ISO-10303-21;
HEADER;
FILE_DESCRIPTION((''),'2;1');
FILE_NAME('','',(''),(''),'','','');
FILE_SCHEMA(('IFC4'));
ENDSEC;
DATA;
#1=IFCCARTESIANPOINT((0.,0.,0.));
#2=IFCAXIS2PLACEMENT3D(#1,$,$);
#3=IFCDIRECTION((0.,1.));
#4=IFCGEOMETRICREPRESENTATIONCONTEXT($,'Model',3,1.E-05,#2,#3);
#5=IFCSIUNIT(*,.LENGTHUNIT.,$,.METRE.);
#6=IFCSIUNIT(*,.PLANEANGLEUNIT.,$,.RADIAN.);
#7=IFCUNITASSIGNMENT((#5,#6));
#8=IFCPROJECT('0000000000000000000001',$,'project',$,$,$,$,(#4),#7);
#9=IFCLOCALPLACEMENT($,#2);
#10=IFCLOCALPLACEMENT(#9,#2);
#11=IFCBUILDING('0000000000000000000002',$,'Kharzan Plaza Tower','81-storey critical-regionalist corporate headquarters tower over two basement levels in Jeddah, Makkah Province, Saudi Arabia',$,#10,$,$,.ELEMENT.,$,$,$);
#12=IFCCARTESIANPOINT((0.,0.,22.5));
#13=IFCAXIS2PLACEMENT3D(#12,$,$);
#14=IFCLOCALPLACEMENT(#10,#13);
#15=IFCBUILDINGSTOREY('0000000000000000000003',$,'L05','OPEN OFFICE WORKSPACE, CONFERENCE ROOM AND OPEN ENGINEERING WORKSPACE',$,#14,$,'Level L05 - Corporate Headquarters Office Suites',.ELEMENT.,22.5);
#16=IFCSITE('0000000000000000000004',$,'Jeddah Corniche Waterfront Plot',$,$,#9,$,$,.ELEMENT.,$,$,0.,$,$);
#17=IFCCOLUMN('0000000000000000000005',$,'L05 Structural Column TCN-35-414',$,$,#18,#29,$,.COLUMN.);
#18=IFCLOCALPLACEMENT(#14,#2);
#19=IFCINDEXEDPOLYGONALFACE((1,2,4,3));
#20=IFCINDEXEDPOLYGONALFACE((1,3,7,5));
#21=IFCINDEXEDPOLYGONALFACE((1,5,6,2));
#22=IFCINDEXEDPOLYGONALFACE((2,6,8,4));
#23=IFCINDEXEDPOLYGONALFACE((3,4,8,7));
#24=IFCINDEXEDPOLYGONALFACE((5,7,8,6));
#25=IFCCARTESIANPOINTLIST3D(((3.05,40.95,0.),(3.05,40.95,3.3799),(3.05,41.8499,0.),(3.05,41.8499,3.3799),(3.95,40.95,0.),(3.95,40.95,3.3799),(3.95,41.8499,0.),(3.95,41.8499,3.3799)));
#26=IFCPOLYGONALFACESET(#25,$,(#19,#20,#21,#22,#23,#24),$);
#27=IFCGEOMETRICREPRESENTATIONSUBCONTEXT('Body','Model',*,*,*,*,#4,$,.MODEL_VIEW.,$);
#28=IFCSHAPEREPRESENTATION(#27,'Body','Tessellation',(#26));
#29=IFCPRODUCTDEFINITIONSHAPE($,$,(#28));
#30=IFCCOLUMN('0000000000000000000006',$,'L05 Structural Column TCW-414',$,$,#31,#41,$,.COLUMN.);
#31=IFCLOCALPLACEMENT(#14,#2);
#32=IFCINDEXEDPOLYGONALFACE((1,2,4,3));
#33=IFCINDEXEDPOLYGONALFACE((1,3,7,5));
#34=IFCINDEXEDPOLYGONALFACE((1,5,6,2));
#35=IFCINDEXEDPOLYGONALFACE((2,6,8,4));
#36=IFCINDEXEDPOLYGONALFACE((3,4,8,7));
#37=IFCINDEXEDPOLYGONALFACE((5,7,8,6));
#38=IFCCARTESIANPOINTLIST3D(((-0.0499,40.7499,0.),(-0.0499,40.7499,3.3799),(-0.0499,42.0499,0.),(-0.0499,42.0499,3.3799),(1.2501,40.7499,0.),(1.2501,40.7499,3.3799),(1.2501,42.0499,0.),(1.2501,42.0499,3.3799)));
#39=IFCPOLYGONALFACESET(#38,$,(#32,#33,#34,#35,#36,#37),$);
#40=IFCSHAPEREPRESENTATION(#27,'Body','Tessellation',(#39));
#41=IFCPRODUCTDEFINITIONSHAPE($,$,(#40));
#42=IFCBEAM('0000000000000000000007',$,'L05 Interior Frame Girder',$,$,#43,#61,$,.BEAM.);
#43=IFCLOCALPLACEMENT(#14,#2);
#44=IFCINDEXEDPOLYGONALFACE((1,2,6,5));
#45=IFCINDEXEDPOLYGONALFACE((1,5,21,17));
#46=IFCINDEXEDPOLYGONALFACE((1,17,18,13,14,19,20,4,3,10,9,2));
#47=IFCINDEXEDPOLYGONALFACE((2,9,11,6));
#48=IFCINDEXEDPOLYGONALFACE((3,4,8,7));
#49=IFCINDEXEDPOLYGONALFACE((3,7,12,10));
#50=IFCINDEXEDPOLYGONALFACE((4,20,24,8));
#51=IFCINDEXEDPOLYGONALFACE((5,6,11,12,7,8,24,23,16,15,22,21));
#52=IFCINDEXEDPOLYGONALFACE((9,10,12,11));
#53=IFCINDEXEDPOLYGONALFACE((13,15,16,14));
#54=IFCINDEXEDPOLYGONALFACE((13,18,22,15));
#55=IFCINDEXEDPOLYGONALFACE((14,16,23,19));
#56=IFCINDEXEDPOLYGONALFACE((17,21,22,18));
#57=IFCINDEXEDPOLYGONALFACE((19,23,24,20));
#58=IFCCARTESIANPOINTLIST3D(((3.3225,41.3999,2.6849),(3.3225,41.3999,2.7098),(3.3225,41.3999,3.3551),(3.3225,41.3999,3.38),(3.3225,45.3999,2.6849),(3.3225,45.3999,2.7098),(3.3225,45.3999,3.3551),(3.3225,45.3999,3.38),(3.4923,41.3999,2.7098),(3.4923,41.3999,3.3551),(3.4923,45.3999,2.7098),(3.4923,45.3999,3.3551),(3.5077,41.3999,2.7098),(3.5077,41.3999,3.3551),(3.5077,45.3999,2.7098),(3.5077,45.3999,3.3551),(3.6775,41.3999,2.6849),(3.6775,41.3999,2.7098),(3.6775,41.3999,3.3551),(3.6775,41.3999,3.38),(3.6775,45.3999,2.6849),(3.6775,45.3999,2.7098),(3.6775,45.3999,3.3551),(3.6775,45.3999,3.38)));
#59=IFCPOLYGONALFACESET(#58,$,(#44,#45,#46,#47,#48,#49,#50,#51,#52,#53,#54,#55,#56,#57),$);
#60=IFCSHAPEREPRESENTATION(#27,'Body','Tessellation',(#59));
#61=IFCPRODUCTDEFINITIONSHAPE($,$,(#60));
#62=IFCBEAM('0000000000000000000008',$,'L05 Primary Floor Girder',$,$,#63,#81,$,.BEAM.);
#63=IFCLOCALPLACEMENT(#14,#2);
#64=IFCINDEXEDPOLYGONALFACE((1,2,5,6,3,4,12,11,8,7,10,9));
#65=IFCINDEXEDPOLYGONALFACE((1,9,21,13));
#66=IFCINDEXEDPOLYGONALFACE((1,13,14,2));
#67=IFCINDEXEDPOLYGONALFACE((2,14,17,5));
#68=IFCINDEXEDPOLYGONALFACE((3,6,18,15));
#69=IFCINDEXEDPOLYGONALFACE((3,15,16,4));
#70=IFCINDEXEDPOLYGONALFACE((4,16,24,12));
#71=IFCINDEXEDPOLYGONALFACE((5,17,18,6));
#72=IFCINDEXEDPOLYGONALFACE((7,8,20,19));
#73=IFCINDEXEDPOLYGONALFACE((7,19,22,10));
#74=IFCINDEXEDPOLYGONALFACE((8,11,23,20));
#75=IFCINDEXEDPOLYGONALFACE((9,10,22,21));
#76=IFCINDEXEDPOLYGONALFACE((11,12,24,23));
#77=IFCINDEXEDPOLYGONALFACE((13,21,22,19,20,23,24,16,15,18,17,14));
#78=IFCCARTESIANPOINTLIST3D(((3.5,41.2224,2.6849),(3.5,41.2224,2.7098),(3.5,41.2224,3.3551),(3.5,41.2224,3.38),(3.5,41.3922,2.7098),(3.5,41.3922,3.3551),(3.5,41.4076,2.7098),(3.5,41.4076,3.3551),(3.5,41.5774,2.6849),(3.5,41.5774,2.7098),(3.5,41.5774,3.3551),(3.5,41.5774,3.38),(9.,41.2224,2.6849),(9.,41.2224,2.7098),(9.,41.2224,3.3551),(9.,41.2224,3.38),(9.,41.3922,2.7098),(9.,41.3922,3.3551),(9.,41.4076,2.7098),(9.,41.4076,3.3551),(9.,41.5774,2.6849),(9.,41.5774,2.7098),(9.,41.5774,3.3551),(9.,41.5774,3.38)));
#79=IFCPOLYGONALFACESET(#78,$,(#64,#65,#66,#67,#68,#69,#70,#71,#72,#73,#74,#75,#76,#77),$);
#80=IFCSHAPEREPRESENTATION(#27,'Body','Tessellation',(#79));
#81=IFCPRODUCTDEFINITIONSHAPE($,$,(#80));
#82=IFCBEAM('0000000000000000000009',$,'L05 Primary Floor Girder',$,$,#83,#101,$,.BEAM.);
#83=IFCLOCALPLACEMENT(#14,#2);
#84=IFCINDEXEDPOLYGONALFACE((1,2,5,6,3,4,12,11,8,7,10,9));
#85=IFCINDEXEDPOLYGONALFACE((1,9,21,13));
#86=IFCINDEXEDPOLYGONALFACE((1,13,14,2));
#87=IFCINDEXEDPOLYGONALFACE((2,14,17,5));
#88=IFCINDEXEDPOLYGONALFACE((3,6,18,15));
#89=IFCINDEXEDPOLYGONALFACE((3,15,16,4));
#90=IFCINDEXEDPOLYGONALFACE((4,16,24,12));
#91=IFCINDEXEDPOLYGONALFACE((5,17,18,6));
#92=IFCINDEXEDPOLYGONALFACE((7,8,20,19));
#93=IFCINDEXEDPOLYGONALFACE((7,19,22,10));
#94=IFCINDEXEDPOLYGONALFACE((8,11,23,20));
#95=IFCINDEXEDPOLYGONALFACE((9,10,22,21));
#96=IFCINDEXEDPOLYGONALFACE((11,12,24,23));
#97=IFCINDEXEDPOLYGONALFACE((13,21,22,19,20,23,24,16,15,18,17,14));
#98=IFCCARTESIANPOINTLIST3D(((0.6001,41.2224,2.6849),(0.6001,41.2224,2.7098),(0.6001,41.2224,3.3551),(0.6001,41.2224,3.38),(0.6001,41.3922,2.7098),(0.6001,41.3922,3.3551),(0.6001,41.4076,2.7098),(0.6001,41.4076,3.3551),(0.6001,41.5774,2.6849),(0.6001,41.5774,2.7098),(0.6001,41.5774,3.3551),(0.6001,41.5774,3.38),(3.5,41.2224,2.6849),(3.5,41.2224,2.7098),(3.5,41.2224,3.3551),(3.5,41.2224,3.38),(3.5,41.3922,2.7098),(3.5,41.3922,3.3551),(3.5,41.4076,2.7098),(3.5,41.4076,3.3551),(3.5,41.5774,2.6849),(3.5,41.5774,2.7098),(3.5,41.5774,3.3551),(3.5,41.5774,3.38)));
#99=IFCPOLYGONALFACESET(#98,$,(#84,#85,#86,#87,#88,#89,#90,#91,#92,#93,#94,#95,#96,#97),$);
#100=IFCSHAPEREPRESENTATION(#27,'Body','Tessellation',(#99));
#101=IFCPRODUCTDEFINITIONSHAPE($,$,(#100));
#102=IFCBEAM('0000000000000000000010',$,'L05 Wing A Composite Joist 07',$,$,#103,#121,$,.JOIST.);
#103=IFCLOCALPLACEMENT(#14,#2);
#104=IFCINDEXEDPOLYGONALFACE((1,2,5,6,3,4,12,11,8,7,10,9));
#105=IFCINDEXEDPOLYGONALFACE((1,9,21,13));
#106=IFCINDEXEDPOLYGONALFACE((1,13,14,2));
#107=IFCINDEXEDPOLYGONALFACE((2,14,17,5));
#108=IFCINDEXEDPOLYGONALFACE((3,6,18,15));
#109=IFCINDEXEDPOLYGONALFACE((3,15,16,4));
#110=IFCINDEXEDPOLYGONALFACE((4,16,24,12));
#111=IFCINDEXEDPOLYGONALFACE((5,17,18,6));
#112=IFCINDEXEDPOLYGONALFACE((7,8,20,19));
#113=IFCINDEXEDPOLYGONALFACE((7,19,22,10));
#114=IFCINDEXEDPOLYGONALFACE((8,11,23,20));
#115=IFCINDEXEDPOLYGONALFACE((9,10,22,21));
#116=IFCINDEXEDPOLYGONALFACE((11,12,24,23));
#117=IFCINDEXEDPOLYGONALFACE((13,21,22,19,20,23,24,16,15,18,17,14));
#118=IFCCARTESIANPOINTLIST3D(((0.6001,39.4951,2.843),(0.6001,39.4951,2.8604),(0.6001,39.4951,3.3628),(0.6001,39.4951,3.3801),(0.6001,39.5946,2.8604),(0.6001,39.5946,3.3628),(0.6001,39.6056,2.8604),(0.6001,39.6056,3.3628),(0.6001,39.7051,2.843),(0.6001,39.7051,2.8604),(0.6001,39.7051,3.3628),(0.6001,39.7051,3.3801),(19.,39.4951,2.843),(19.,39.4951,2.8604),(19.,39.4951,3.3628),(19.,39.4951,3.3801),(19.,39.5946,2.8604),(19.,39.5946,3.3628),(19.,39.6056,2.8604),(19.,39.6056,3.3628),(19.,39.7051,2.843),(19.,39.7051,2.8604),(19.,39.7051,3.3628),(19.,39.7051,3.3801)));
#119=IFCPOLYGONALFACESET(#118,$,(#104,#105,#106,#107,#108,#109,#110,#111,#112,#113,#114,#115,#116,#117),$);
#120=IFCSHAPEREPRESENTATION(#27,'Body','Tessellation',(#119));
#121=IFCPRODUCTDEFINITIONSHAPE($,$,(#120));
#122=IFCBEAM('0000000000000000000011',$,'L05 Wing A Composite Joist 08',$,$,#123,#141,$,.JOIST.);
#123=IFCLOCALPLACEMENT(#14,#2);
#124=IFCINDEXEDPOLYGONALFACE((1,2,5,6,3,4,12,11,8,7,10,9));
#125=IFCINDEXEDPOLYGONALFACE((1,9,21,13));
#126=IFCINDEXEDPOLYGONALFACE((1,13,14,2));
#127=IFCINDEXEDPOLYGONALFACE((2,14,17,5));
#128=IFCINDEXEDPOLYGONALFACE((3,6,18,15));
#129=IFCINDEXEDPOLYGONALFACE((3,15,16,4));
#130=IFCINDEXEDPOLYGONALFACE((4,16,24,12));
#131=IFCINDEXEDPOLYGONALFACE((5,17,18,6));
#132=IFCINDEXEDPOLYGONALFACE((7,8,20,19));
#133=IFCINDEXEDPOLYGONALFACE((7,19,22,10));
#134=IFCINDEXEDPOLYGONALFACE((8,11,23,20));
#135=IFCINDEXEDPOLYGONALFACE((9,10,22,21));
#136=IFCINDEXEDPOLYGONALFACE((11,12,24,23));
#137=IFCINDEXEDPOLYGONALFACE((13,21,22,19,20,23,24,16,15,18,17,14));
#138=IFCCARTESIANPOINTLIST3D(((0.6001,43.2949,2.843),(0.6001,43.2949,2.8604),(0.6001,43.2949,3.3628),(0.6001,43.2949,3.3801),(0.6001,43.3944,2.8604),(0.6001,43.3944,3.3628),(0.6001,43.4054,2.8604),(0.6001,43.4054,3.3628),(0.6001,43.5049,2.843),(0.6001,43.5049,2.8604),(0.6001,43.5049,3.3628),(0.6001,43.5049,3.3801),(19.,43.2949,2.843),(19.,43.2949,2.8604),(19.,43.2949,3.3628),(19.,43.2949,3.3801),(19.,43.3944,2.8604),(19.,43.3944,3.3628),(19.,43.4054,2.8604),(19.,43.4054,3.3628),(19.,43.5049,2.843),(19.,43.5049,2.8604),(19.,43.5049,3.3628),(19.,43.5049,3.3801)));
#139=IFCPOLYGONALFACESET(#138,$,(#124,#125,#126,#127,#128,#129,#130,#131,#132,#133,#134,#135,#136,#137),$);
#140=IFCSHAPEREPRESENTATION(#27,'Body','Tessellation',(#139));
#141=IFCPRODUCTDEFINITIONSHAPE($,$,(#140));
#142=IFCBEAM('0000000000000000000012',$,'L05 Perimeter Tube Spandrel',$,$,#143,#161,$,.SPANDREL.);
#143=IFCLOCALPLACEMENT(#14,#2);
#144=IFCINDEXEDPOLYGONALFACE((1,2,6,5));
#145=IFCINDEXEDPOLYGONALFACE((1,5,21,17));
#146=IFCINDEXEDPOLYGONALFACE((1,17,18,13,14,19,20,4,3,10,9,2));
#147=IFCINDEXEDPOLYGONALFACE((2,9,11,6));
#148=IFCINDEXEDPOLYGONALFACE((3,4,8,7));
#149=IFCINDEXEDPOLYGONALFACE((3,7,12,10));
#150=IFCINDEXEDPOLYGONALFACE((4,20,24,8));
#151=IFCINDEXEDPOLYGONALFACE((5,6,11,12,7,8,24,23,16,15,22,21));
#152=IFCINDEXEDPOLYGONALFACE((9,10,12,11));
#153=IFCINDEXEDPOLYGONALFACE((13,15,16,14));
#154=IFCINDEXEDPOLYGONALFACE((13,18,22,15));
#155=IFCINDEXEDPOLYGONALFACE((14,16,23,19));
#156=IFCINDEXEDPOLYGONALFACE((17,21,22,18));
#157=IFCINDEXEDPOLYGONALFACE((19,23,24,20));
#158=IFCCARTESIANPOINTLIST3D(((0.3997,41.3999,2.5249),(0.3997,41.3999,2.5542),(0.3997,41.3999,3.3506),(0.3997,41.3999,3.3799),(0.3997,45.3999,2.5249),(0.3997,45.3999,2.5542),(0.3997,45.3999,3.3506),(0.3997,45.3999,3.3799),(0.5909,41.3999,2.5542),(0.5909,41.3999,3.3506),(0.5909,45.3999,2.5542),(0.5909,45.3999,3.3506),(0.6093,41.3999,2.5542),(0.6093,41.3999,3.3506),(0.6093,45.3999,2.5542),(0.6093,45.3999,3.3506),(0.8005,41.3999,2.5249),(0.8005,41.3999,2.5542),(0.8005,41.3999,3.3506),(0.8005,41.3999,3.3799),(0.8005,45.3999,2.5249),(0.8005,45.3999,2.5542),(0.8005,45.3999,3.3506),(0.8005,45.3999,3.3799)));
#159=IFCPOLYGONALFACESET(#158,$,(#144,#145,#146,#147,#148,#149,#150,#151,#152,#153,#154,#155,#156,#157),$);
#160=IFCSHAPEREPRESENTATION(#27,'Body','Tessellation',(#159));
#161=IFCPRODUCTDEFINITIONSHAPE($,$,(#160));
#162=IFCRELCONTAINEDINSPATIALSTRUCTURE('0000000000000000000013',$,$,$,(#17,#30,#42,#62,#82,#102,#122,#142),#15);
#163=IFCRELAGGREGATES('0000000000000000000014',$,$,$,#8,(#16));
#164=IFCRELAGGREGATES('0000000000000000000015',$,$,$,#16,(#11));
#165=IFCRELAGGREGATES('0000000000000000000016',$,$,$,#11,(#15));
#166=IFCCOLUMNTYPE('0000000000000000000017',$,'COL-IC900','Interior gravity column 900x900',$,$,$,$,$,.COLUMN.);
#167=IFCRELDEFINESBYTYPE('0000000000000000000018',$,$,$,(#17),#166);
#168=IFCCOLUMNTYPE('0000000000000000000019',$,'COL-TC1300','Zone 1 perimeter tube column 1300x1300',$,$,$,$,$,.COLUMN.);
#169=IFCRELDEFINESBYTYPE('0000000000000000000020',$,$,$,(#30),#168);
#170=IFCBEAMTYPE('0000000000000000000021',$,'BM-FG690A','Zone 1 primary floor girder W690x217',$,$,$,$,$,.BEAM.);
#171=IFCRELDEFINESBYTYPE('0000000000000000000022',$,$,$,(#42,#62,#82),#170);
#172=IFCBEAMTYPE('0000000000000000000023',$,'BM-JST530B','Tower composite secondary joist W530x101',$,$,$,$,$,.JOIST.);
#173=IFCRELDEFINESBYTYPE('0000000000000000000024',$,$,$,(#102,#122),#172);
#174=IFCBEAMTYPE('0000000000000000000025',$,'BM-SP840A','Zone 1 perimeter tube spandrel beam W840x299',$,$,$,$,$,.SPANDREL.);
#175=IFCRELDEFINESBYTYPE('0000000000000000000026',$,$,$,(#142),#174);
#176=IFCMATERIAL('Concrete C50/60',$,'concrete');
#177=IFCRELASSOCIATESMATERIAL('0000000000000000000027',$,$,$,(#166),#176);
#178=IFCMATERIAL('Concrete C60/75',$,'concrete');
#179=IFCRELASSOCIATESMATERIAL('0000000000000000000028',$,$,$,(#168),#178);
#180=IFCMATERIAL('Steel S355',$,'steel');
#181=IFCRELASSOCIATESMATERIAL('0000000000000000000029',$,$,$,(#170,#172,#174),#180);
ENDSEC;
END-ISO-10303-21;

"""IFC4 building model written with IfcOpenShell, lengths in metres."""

from ifc_helpers import new_model, si_unit, direction, frame, origin, origin_2d, place, context, subcontext, project, spatial, rectangle, i_section, extrude, source, transform, mapped, material, material_profile, profile_set, type_object, element, save


model = new_model("IFC4")

# Units and contexts
model_context = context("Model", 3, precision=1e-05, world=origin(), true_north=direction((0.0, 1.0)))
body_context = subcontext(model_context, "Body", "Model", "MODEL_VIEW")
ifc_project = project(units=[si_unit("LENGTHUNIT", "METRE"), si_unit("PLANEANGLEUNIT", "RADIAN")], contexts=[model_context])

# Site, building, storey
site_placement = place(None, origin())
site = spatial("IfcSite", under=ifc_project, at=site_placement, Name="Jeddah Corniche Waterfront Plot", CompositionType="ELEMENT", RefElevation=0.0)
building_placement = place(site_placement, origin())
building = spatial("IfcBuilding", under=site, at=building_placement, Name="Kharzan Plaza Tower", Description="81-storey critical-regionalist corporate headquarters tower over two basement levels in Jeddah, Makkah Province, Saudi Arabia", CompositionType="ELEMENT")
storey_placement = place(building_placement, frame((0.0, 0.0, 22.5)))
storey = spatial("IfcBuildingStorey", under=building, at=storey_placement, Name="L05", Description="OPEN OFFICE WORKSPACE, CONFERENCE ROOM AND OPEN ENGINEERING WORKSPACE", LongName="Level L05 - Corporate Headquarters Office Suites", CompositionType="ELEMENT", Elevation=22.5)

# Columns
ifc_material_1 = material(Name="Concrete C50/60", Category="concrete")
ifc_material_profile_1 = material_profile(ifc_material_1, rectangle(XDim=0.8999, YDim=0.8999, at=origin_2d()), Name="RC-IC900x900")
ifc_profile_set_1 = profile_set([ifc_material_profile_1], Name="Concrete C50/60")
column_type_1 = type_object("IfcColumnType", Name="COL-IC900", Description="Interior gravity column 900x900", PredefinedType="COLUMN", material=ifc_profile_set_1)
shared_shape_1 = source(origin(), body_context, "Body", "SweptSolid", [
    extrude(rectangle(XDim=0.8999, YDim=0.8999, at=origin_2d()), origin(), (0.0, 0.0, 1.0), 3.3799),
])
column_1_placement = place(storey_placement, frame((3.5, 41.3999, 0.0), z_axis=(0.0, 0.0, 1.0), x_axis=(1.0, 0.0, 0.0)))
element("IfcColumn", 1, at=column_1_placement, inside=storey, type_object=column_type_1, Name="L05 Structural Column TCN-35-414", PredefinedType="COLUMN", context=body_context, shape_type="MappedRepresentation", body=[
    mapped(shared_shape_1, transform((0.0, 0.0, 0.0), x_axis=(1.0, 0.0, 0.0), y_axis=(0.0, 1.0, 0.0), z_axis=(0.0, 0.0, 1.0))),
])
ifc_material_2 = material(Name="Concrete C60/75", Category="concrete")
ifc_material_profile_2 = material_profile(ifc_material_2, rectangle(XDim=1.3, YDim=1.3, at=origin_2d()), Name="RC-TC1300x1300")
ifc_profile_set_2 = profile_set([ifc_material_profile_2], Name="Concrete C60/75")
column_type_2 = type_object("IfcColumnType", Name="COL-TC1300", Description="Zone 1 perimeter tube column 1300x1300", PredefinedType="COLUMN", material=ifc_profile_set_2)
shared_shape_2 = source(origin(), body_context, "Body", "SweptSolid", [
    extrude(rectangle(XDim=1.3, YDim=1.3, at=origin_2d()), origin(), (0.0, 0.0, 1.0), 3.3799),
])
column_2_placement = place(storey_placement, frame((0.6001, 41.3999, 0.0), z_axis=(0.0, 0.0, 1.0), x_axis=(1.0, 0.0, 0.0)))
element("IfcColumn", 2, at=column_2_placement, inside=storey, type_object=column_type_2, Name="L05 Structural Column TCW-414", PredefinedType="COLUMN", context=body_context, shape_type="MappedRepresentation", body=[
    mapped(shared_shape_2, transform((0.0, 0.0, 0.0), x_axis=(1.0, 0.0, 0.0), y_axis=(0.0, 1.0, 0.0), z_axis=(0.0, 0.0, 1.0))),
])

# Beams
ifc_material_3 = material(Name="Steel S355", Category="steel")
ifc_material_profile_3 = material_profile(ifc_material_3, i_section(OverallWidth=0.355, OverallDepth=0.6951, WebThickness=0.0154, FlangeThickness=0.0249, at=origin_2d()), Name="W690x217")
ifc_profile_set_3 = profile_set([ifc_material_profile_3], Name="Steel S355")
beam_type_1 = type_object("IfcBeamType", Name="BM-FG690A", Description="Zone 1 primary floor girder W690x217", PredefinedType="BEAM", material=ifc_profile_set_3)
shared_shape_3 = source(origin(), body_context, "Body", "SweptSolid", [
    extrude(i_section(OverallWidth=0.355, OverallDepth=0.6951, WebThickness=0.0154, FlangeThickness=0.0249, at=origin_2d()), origin(), (0.0, 0.0, 1.0), 4.0),
])
beam_1_placement = place(storey_placement, frame((3.5, 41.3999, 3.0325), z_axis=(0.0, 1.0, 0.0), x_axis=(-1.0, 0.0, 0.0)))
element("IfcBeam", 3, at=beam_1_placement, inside=storey, type_object=beam_type_1, Name="L05 Interior Frame Girder", PredefinedType="BEAM", context=body_context, shape_type="MappedRepresentation", body=[
    mapped(shared_shape_3, transform((0.0, 0.0, 0.0), x_axis=(1.0, 0.0, 0.0), y_axis=(0.0, 1.0, 0.0), z_axis=(0.0, 0.0, 1.0))),
])
shared_shape_4 = source(origin(), body_context, "Body", "SweptSolid", [
    extrude(i_section(OverallWidth=0.355, OverallDepth=0.6951, WebThickness=0.0154, FlangeThickness=0.0249, at=origin_2d()), origin(), (0.0, 0.0, 1.0), 5.5),
])
beam_2_placement = place(storey_placement, frame((3.5, 41.3999, 3.0325), z_axis=(1.0, 0.0, 0.0), x_axis=(0.0, 1.0, 0.0)))
element("IfcBeam", 4, at=beam_2_placement, inside=storey, type_object=beam_type_1, Name="L05 Primary Floor Girder", PredefinedType="BEAM", context=body_context, shape_type="MappedRepresentation", body=[
    mapped(shared_shape_4, transform((0.0, 0.0, 0.0), x_axis=(1.0, 0.0, 0.0), y_axis=(0.0, 1.0, 0.0), z_axis=(0.0, 0.0, 1.0))),
])
shared_shape_5 = source(origin(), body_context, "Body", "SweptSolid", [
    extrude(i_section(OverallWidth=0.355, OverallDepth=0.6951, WebThickness=0.0154, FlangeThickness=0.0249, at=origin_2d()), origin(), (0.0, 0.0, 1.0), 2.8999),
])
beam_3_placement = place(storey_placement, frame((0.6001, 41.3999, 3.0325), z_axis=(1.0, 0.0, 0.0), x_axis=(0.0, 1.0, 0.0)))
element("IfcBeam", 5, at=beam_3_placement, inside=storey, type_object=beam_type_1, Name="L05 Primary Floor Girder", PredefinedType="BEAM", context=body_context, shape_type="MappedRepresentation", body=[
    mapped(shared_shape_5, transform((0.0, 0.0, 0.0), x_axis=(1.0, 0.0, 0.0), y_axis=(0.0, 1.0, 0.0), z_axis=(0.0, 0.0, 1.0))),
])
ifc_material_profile_4 = material_profile(ifc_material_3, i_section(OverallWidth=0.21, OverallDepth=0.5371, WebThickness=0.011, FlangeThickness=0.0173, at=origin_2d()), Name="W530x101")
ifc_profile_set_4 = profile_set([ifc_material_profile_4], Name="Steel S355")
beam_type_2 = type_object("IfcBeamType", Name="BM-JST530B", Description="Tower composite secondary joist W530x101", PredefinedType="JOIST", material=ifc_profile_set_4)
shared_shape_6 = source(origin(), body_context, "Body", "SweptSolid", [
    extrude(i_section(OverallWidth=0.21, OverallDepth=0.5371, WebThickness=0.011, FlangeThickness=0.0173, at=origin_2d()), origin(), (0.0, 0.0, 1.0), 18.3999),
])
for number, where, z_axis, x_axis, name in (
    (6, (0.6001, 39.6001, 3.1116), (1.0, 0.0, 0.0), (0.0, 1.0, 0.0), "L05 Wing A Composite Joist 07"),
    (7, (0.6001, 43.3999, 3.1116), (1.0, 0.0, 0.0), (0.0, 1.0, 0.0), "L05 Wing A Composite Joist 08"),
):
    element("IfcBeam", number, at=place(storey_placement, frame(where, z_axis=z_axis, x_axis=x_axis)), inside=storey, type_object=beam_type_2, Name=name, PredefinedType="JOIST", context=body_context, shape_type="MappedRepresentation", body=[
        mapped(shared_shape_6, transform((0.0, 0.0, 0.0), x_axis=(1.0, 0.0, 0.0), y_axis=(0.0, 1.0, 0.0), z_axis=(0.0, 0.0, 1.0))),
    ])
ifc_material_profile_5 = material_profile(ifc_material_3, i_section(OverallWidth=0.4009, OverallDepth=0.855, WebThickness=0.0183, FlangeThickness=0.0293, at=origin_2d()), Name="W840x299")
ifc_profile_set_5 = profile_set([ifc_material_profile_5], Name="Steel S355")
beam_type_3 = type_object("IfcBeamType", Name="BM-SP840A", Description="Zone 1 perimeter tube spandrel beam W840x299", PredefinedType="SPANDREL", material=ifc_profile_set_5)
shared_shape_7 = source(origin(), body_context, "Body", "SweptSolid", [
    extrude(i_section(OverallWidth=0.4009, OverallDepth=0.855, WebThickness=0.0183, FlangeThickness=0.0293, at=origin_2d()), origin(), (0.0, 0.0, 1.0), 4.0),
])
beam_4_placement = place(storey_placement, frame((0.6001, 41.3999, 2.9524), z_axis=(0.0, 1.0, 0.0), x_axis=(-1.0, 0.0, 0.0)))
element("IfcBeam", 8, at=beam_4_placement, inside=storey, type_object=beam_type_3, Name="L05 Perimeter Tube Spandrel", PredefinedType="SPANDREL", context=body_context, shape_type="MappedRepresentation", body=[
    mapped(shared_shape_7, transform((0.0, 0.0, 0.0), x_axis=(1.0, 0.0, 0.0), y_axis=(0.0, 1.0, 0.0), z_axis=(0.0, 0.0, 1.0))),
])

save(model, "model.ifc")
